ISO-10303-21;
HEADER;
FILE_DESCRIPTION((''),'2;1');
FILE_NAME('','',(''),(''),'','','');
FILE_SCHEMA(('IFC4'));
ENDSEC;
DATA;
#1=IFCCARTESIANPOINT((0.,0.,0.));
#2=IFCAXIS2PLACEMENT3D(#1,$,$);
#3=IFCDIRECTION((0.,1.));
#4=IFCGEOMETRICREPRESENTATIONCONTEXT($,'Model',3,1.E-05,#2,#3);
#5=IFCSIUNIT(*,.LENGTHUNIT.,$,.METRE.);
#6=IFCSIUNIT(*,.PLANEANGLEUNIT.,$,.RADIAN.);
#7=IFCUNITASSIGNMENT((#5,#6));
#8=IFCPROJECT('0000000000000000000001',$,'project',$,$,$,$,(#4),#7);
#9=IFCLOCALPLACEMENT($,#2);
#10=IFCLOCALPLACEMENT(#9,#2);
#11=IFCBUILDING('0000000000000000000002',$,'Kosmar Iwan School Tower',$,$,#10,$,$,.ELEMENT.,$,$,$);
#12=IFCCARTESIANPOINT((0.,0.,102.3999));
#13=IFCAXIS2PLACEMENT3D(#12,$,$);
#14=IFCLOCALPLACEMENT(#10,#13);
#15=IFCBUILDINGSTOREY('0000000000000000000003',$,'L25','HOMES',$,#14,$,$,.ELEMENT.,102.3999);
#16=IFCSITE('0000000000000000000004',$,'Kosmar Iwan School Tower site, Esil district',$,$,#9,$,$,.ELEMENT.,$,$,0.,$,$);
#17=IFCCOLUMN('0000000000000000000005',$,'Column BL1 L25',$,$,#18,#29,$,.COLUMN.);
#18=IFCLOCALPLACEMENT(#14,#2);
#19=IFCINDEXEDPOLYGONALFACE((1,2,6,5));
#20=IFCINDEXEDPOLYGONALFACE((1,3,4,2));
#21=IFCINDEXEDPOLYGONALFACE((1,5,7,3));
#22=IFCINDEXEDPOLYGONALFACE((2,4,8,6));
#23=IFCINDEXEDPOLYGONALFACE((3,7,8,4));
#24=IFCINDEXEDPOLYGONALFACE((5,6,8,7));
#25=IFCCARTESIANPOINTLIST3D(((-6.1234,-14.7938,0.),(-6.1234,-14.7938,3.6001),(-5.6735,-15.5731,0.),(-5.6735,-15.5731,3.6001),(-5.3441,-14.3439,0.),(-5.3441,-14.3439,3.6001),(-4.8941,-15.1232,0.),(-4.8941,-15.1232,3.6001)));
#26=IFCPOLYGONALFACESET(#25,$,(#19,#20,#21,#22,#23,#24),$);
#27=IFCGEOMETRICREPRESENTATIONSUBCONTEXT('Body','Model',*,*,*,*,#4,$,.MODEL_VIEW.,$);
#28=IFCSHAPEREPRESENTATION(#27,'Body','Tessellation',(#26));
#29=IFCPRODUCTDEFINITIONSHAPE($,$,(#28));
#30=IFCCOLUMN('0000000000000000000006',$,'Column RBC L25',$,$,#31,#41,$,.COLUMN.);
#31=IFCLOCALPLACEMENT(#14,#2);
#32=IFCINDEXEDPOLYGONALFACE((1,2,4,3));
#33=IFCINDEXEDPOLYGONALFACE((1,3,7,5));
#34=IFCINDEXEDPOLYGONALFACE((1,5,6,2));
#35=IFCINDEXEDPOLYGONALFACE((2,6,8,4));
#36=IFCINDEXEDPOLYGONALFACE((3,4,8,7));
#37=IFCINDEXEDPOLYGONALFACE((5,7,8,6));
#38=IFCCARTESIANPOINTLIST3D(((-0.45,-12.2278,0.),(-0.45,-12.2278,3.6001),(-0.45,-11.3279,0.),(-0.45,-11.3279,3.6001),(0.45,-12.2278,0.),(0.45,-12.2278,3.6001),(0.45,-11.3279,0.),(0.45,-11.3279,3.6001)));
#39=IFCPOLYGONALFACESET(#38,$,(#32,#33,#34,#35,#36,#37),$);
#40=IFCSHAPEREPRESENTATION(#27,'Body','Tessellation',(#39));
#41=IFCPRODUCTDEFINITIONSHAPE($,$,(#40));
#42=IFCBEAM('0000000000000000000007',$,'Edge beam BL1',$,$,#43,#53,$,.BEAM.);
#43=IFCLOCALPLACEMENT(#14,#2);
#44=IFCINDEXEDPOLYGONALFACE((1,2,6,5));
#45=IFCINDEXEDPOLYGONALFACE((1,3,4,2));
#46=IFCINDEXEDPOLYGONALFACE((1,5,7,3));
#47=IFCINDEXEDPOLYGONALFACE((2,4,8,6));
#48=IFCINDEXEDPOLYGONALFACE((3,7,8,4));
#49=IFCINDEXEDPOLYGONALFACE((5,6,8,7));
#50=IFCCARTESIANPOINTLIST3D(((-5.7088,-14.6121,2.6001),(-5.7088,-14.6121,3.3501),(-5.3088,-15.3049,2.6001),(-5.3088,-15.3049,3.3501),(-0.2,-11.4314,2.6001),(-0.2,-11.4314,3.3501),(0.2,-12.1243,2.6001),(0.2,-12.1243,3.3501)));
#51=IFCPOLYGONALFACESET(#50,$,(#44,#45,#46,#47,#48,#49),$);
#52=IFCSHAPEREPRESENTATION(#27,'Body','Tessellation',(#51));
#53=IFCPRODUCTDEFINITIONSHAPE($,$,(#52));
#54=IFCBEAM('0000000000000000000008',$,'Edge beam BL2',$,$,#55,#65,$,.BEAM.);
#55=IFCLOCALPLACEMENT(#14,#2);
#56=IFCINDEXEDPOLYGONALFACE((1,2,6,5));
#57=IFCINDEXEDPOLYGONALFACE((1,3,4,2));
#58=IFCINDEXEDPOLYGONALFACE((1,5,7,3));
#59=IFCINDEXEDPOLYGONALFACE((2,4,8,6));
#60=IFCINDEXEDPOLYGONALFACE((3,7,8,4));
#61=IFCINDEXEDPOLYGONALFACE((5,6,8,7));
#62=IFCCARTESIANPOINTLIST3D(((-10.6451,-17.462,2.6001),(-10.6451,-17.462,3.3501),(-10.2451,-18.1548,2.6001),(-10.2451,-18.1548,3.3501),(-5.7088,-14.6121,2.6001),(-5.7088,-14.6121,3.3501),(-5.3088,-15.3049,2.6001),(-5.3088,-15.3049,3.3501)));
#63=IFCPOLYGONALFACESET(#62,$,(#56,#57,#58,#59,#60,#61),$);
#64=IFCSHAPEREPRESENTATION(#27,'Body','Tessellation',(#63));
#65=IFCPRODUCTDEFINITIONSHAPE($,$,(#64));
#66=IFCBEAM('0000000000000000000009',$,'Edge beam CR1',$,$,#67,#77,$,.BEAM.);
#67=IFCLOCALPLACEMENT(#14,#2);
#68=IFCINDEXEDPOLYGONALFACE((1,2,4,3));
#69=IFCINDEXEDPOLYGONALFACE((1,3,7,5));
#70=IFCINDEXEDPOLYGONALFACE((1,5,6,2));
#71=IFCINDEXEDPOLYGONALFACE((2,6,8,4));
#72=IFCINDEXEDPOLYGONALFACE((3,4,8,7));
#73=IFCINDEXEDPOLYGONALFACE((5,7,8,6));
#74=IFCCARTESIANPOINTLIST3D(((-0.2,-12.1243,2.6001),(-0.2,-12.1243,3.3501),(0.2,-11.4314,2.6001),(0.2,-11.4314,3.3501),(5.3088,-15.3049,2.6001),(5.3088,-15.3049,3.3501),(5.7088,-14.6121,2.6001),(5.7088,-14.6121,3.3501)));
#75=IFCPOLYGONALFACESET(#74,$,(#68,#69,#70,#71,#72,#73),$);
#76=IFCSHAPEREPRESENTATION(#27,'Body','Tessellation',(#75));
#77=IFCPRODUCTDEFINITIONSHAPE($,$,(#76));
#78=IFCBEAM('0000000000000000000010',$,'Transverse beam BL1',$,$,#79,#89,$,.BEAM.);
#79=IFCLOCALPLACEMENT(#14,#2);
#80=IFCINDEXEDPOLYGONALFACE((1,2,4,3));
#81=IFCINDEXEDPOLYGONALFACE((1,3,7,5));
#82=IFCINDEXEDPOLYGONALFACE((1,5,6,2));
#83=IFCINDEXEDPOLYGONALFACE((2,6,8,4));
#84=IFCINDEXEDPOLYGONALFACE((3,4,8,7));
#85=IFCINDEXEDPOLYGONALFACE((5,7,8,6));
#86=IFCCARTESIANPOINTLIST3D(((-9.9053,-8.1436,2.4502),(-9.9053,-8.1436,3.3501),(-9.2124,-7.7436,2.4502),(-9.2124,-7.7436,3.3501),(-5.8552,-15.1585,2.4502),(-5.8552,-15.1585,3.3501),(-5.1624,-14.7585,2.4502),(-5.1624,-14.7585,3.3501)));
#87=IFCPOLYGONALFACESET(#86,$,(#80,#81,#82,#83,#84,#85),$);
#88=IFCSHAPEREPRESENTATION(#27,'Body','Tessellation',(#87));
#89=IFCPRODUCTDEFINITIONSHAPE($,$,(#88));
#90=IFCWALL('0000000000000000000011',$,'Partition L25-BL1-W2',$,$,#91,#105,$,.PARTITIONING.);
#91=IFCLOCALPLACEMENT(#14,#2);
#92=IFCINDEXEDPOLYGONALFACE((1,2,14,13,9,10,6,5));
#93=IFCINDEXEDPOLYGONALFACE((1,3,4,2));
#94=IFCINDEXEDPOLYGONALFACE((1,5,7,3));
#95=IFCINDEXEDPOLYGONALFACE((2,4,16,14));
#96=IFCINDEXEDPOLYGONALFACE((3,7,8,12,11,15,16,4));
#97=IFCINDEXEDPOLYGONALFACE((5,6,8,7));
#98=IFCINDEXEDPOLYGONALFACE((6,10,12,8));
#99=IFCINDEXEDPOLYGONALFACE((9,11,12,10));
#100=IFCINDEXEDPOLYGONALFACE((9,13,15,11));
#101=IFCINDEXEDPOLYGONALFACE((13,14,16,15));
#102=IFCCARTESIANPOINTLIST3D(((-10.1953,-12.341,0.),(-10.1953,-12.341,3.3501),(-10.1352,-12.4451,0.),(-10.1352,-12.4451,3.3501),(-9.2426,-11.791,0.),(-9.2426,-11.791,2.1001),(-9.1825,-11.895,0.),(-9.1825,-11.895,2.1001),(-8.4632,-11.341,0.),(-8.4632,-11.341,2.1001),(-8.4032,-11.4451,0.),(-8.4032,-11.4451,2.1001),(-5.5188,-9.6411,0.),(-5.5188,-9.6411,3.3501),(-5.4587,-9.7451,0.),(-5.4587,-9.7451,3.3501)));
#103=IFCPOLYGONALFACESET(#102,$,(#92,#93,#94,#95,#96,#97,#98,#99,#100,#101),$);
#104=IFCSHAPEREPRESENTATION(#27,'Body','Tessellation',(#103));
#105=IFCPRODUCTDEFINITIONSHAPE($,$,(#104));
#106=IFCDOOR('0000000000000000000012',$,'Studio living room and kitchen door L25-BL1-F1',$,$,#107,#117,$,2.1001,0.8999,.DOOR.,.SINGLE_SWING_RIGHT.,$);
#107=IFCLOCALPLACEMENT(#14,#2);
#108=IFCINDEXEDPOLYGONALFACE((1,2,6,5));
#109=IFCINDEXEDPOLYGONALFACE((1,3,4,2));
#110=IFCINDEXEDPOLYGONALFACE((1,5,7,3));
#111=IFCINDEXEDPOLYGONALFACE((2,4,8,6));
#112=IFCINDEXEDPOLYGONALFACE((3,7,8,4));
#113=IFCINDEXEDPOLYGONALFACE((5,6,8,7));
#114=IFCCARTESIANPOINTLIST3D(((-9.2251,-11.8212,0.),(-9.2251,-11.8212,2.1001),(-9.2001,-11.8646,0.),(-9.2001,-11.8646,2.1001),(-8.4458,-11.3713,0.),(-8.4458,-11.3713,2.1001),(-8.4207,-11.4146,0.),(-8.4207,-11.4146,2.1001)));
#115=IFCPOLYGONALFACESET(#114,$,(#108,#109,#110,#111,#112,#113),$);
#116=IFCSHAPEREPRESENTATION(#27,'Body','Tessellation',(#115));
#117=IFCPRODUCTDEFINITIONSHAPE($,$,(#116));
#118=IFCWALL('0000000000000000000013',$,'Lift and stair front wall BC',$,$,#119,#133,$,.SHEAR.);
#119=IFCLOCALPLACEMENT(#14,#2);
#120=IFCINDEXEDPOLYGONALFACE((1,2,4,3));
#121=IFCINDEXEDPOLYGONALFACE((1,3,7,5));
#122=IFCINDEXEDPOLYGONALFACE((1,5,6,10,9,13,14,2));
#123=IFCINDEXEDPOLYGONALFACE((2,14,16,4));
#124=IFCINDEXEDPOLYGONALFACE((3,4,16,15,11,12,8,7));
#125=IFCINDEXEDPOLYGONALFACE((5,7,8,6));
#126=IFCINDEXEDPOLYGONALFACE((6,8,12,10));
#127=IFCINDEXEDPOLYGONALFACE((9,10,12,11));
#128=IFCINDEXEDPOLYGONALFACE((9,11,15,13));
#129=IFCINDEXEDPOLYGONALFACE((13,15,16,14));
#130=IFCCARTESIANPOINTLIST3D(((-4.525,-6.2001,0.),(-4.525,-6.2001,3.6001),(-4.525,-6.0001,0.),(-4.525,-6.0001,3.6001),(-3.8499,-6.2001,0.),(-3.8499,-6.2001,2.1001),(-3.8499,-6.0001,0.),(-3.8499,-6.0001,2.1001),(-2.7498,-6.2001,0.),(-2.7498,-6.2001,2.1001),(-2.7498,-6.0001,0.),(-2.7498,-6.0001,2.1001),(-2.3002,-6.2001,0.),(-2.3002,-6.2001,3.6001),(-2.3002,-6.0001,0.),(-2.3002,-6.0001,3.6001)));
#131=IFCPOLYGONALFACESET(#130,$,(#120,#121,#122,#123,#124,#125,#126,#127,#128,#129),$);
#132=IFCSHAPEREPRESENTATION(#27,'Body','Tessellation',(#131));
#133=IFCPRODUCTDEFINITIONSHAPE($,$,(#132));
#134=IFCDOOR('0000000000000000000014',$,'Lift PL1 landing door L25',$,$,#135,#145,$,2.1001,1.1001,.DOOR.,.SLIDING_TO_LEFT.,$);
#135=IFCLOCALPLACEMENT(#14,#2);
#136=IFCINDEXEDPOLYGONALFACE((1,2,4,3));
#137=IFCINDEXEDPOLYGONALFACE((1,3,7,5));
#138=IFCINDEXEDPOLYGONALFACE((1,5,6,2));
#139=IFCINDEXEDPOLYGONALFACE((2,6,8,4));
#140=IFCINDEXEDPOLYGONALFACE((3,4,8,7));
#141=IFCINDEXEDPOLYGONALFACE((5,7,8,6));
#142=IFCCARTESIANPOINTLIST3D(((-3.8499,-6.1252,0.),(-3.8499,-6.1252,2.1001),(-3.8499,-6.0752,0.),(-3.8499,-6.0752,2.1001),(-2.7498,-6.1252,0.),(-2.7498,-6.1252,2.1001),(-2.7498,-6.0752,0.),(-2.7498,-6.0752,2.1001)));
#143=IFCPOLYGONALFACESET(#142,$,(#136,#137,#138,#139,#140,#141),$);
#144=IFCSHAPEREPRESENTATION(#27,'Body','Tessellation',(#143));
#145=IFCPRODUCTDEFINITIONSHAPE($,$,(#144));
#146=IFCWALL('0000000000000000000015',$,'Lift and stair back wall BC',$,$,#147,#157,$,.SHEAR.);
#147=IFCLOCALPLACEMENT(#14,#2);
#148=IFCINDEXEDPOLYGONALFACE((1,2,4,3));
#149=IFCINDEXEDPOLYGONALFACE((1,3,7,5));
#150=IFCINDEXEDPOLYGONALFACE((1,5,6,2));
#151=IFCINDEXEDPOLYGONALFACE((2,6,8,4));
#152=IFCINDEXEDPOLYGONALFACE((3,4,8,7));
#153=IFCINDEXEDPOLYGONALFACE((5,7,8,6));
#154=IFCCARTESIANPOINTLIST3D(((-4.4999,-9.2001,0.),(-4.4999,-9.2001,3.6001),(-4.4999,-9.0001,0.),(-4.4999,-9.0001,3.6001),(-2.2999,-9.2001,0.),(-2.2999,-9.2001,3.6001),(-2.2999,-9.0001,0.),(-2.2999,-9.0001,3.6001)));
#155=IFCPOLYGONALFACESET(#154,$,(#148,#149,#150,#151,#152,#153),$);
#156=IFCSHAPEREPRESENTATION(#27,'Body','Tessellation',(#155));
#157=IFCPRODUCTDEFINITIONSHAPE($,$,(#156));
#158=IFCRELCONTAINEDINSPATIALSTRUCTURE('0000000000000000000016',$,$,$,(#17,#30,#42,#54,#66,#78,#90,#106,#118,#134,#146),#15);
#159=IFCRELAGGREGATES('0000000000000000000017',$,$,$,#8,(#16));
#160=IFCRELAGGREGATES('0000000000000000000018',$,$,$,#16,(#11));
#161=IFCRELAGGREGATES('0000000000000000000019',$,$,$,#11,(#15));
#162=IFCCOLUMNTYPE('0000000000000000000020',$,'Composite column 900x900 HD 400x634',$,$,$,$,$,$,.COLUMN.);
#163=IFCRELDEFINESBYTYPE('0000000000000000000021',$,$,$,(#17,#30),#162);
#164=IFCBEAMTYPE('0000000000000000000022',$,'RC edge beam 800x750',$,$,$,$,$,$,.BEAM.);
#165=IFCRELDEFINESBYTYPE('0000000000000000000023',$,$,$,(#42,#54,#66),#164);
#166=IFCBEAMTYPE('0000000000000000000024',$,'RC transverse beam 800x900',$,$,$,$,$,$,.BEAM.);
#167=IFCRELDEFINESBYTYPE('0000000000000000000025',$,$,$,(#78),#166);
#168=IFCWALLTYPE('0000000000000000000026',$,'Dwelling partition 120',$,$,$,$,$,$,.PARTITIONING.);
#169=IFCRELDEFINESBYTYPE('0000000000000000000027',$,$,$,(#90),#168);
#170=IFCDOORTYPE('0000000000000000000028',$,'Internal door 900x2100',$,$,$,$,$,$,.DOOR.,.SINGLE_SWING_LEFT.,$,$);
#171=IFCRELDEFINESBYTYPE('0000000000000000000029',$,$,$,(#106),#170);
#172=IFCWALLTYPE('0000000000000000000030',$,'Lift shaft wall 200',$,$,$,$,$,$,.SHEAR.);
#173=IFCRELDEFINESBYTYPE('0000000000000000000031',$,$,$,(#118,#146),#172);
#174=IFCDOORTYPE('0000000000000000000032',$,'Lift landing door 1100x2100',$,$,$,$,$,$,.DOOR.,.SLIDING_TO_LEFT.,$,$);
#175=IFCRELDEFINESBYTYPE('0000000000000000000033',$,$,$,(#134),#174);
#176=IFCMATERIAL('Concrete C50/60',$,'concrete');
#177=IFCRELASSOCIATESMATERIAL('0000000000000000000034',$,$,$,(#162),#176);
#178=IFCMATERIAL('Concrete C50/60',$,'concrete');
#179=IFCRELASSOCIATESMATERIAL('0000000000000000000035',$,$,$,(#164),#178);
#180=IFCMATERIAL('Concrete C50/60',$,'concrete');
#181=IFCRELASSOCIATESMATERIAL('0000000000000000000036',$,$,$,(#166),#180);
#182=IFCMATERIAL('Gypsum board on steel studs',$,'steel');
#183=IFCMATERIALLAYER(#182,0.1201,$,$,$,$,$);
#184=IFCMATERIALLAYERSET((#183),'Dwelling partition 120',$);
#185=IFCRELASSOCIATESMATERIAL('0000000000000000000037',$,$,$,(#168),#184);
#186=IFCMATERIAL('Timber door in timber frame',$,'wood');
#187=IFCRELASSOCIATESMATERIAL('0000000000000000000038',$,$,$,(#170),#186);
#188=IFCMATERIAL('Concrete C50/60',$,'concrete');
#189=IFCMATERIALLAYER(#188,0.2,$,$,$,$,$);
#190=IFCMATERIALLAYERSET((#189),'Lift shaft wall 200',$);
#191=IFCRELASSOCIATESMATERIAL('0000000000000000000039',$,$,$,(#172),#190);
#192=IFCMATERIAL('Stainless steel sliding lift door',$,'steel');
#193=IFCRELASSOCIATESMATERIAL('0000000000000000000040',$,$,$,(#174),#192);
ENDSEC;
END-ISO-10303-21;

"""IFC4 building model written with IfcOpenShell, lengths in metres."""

from ifc_helpers import new_model, si_unit, direction, frame, frame_2d, origin, origin_2d, place, context, subcontext, project, spatial, rectangle, extrude, material, layer, layer_set, material_profile, profile_set, type_object, element, fill, save


model = new_model("IFC4")

# Units and contexts
model_context = context("Model", 3, precision=1e-05, world=origin(), true_north=direction((0.0, 1.0)))
body_context = subcontext(model_context, "Body", "Model", "MODEL_VIEW")
ifc_project = project(units=[si_unit("LENGTHUNIT", "METRE"), si_unit("PLANEANGLEUNIT", "RADIAN")], contexts=[model_context])

# Site, building, storey
site_placement = place(None, origin())
site = spatial("IfcSite", under=ifc_project, at=site_placement, Name="Kosmar Iwan School Tower site, Esil district", CompositionType="ELEMENT", RefElevation=0.0)
building_placement = place(site_placement, origin())
building = spatial("IfcBuilding", under=site, at=building_placement, Name="Kosmar Iwan School Tower", CompositionType="ELEMENT")
storey_placement = place(building_placement, frame((0.0, 0.0, 102.3999)))
storey = spatial("IfcBuildingStorey", under=building, at=storey_placement, Name="L25", Description="HOMES", CompositionType="ELEMENT", Elevation=102.3999)

# Columns
ifc_material_1 = material(Name="Concrete C50/60", Category="concrete")
ifc_material_profile_1 = material_profile(ifc_material_1, rectangle(XDim=0.8999, YDim=0.8999, at=origin_2d()), Name="RC 900x900 + HD 400x634")
ifc_profile_set_1 = profile_set([ifc_material_profile_1], Name="Concrete C50/60")
column_type = type_object("IfcColumnType", Name="Composite column 900x900 HD 400x634", PredefinedType="COLUMN", material=ifc_profile_set_1)
for number, where, z_axis, x_axis, name in (
    (1, (-5.5088, -14.9585, 0.0), (0.0, 0.0, 1.0), (-0.866025, -0.5, 0.0), "Column BL1 L25"),
    (2, (0.0, -11.7778, 0.0), (0.0, 0.0, 1.0), (1.0, 0.0, 0.0), "Column RBC L25"),
):
    element("IfcColumn", number, at=place(storey_placement, frame(where, z_axis=z_axis, x_axis=x_axis)), inside=storey, type_object=column_type, Name=name, PredefinedType="COLUMN", context=body_context, shape_type="SweptSolid", body=[
        extrude(rectangle(XDim=0.8999, YDim=0.8999, at=origin_2d()), origin(), (0.0, 0.0, 1.0), 3.6001),
    ])

# Beams
ifc_material_2 = material(Name="Concrete C50/60", Category="concrete")
ifc_material_profile_2 = material_profile(ifc_material_2, rectangle(XDim=0.8, YDim=0.75, at=origin_2d()), Name="RC 800x750")
ifc_profile_set_2 = profile_set([ifc_material_profile_2], Name="Concrete C50/60")
beam_type_1 = type_object("IfcBeamType", Name="RC edge beam 800x750", PredefinedType="BEAM", material=ifc_profile_set_2)
beam_1_placement = place(storey_placement, frame((0.0, -11.7778, 2.9751), z_axis=(-0.866014, -0.500019, 0.0), x_axis=(0.500019, -0.866014, 0.0)))
element("IfcBeam", 3, at=beam_1_placement, inside=storey, type_object=beam_type_1, Name="Edge beam BL1", PredefinedType="BEAM", context=body_context, shape_type="SweptSolid", body=[
    extrude(rectangle(XDim=0.8, YDim=0.75, at=origin_2d()), origin(), (0.0, 0.0, 1.0), 6.3611),
])
beam_2_placement = place(storey_placement, frame((-5.5088, -14.9585, 2.9751), z_axis=(-0.866034, -0.499986, 0.0), x_axis=(0.499986, -0.866034, 0.0)))
element("IfcBeam", 4, at=beam_2_placement, inside=storey, type_object=beam_type_1, Name="Edge beam BL2", PredefinedType="BEAM", context=body_context, shape_type="SweptSolid", body=[
    extrude(rectangle(XDim=0.8, YDim=0.75, at=origin_2d()), origin(), (0.0, 0.0, 1.0), 5.7),
])
beam_3_placement = place(storey_placement, frame((0.0, -11.7778, 2.9751), z_axis=(0.866014, -0.500019, 0.0), x_axis=(0.500019, 0.866014, 0.0)))
element("IfcBeam", 5, at=beam_3_placement, inside=storey, type_object=beam_type_1, Name="Edge beam CR1", PredefinedType="BEAM", context=body_context, shape_type="SweptSolid", body=[
    extrude(rectangle(XDim=0.8, YDim=0.75, at=origin_2d()), origin(), (0.0, 0.0, 1.0), 6.3611),
])
ifc_material_3 = material(Name="Concrete C50/60", Category="concrete")
ifc_material_profile_3 = material_profile(ifc_material_3, rectangle(XDim=0.8, YDim=0.8999, at=origin_2d()), Name="RC 800x900")
ifc_profile_set_3 = profile_set([ifc_material_profile_3], Name="Concrete C50/60")
beam_type_2 = type_object("IfcBeamType", Name="RC transverse beam 800x900", PredefinedType="BEAM", material=ifc_profile_set_3)
beam_4_placement = place(storey_placement, frame((-5.5088, -14.9585, 2.9001), z_axis=(-0.5, 0.866025, 0.0), x_axis=(-0.866025, -0.5, 0.0)))
element("IfcBeam", 6, at=beam_4_placement, inside=storey, type_object=beam_type_2, Name="Transverse beam BL1", PredefinedType="BEAM", context=body_context, shape_type="SweptSolid", body=[
    extrude(rectangle(XDim=0.8, YDim=0.8999, at=origin_2d()), origin(), (0.0, 0.0, 1.0), 8.1001),
])

# Walls, openings, doors
ifc_material_4 = material(Name="Gypsum board on steel studs", Category="steel")
ifc_layer_1 = layer(ifc_material_4, 0.1201)
ifc_layer_set_1 = layer_set([ifc_layer_1], Name="Dwelling partition 120")
wall_type_1 = type_object("IfcWallType", Name="Dwelling partition 120", PredefinedType="PARTITIONING", material=ifc_layer_set_1)
wall_1_placement = place(storey_placement, frame((-5.4888, -9.6931, 0.0), z_axis=(0.0, 0.0, 1.0), x_axis=(-0.866028, -0.499995, 0.0)))
wall_1 = element("IfcWall", 7, at=wall_1_placement, inside=storey, type_object=wall_type_1, Name="Partition L25-BL1-W2", PredefinedType="PARTITIONING", context=body_context, shape_type="SweptSolid", body=[
    extrude(rectangle(XDim=5.3999, YDim=0.1201, at=frame_2d((2.7, 0.0))), origin(), (0.0, 0.0, 1.0), 3.3501),
])
opening_1_placement = place(wall_1_placement, frame((3.3999, 0.0, 0.0)))
opening_1 = element("IfcOpeningElement", 8, at=opening_1_placement, cuts=wall_1, PredefinedType="OPENING", context=body_context, shape_type="SweptSolid", body=[
    extrude(rectangle(XDim=0.8999, YDim=2.1001, at=frame_2d((0.45, 1.05))), frame((0.0, 0.072, 0.0), z_axis=(0.0, -1.0, 0.0), x_axis=(1.0, 0.0, 0.0)), (0.0, 0.0, 1.0), 0.144),
])
ifc_material_5 = material(Name="Timber door in timber frame", Category="wood")
door_type_1 = type_object("IfcDoorType", Name="Internal door 900x2100", OperationType="SINGLE_SWING_LEFT", PredefinedType="DOOR", material=ifc_material_5)
door_1_placement = place(opening_1_placement, origin())
door_1 = element("IfcDoor", 9, at=door_1_placement, inside=storey, type_object=door_type_1, Name="Studio living room and kitchen door L25-BL1-F1", OperationType="SINGLE_SWING_RIGHT", OverallHeight=2.1001, OverallWidth=0.8999, PredefinedType="DOOR", context=body_context, shape_type="SweptSolid", body=[
    extrude(rectangle(XDim=0.8999, YDim=2.1001, at=frame_2d((0.45, 1.05))), frame((0.0, 0.0249, 0.0), z_axis=(0.0, -1.0, 0.0), x_axis=(1.0, 0.0, 0.0)), (0.0, 0.0, 1.0), 0.05),
])
fill(opening_1, door_1)
ifc_material_6 = material(Name="Concrete C50/60", Category="concrete")
ifc_layer_2 = layer(ifc_material_6, 0.2)
ifc_layer_set_2 = layer_set([ifc_layer_2], Name="Lift shaft wall 200")
wall_type_2 = type_object("IfcWallType", Name="Lift shaft wall 200", PredefinedType="SHEAR", material=ifc_layer_set_2)
wall_2_placement = place(storey_placement, frame((-4.5249, -6.1001, 0.0), z_axis=(0.0, 0.0, 1.0), x_axis=(1.0, 0.0, 0.0)))
wall_2 = element("IfcWall", 10, at=wall_2_placement, inside=storey, type_object=wall_type_2, Name="Lift and stair front wall BC", PredefinedType="SHEAR", context=body_context, shape_type="SweptSolid", body=[
    extrude(rectangle(XDim=2.2249, YDim=0.2, at=frame_2d((1.1123, 0.0))), origin(), (0.0, 0.0, 1.0), 3.6001),
])
opening_2_placement = place(wall_2_placement, frame((0.675, 0.0, 0.0)))
opening_2 = element("IfcOpeningElement", 11, at=opening_2_placement, cuts=wall_2, PredefinedType="OPENING", context=body_context, shape_type="SweptSolid", body=[
    extrude(rectangle(XDim=1.1001, YDim=2.1001, at=frame_2d((0.55, 1.05))), frame((0.0, 0.1121, 0.0), z_axis=(0.0, -1.0, 0.0), x_axis=(1.0, 0.0, 0.0)), (0.0, 0.0, 1.0), 0.2239),
])
ifc_material_7 = material(Name="Stainless steel sliding lift door", Category="steel")
door_type_2 = type_object("IfcDoorType", Name="Lift landing door 1100x2100", OperationType="SLIDING_TO_LEFT", PredefinedType="DOOR", material=ifc_material_7)
door_2_placement = place(opening_2_placement, origin())
door_2 = element("IfcDoor", 12, at=door_2_placement, inside=storey, type_object=door_type_2, Name="Lift PL1 landing door L25", OperationType="SLIDING_TO_LEFT", OverallHeight=2.1001, OverallWidth=1.1001, PredefinedType="DOOR", context=body_context, shape_type="SweptSolid", body=[
    extrude(rectangle(XDim=1.1001, YDim=2.1001, at=frame_2d((0.55, 1.05))), frame((0.0, 0.0249, 0.0), z_axis=(0.0, -1.0, 0.0), x_axis=(1.0, 0.0, 0.0)), (0.0, 0.0, 1.0), 0.05),
])
fill(opening_2, door_2)

# Wall
wall_3_placement = place(storey_placement, frame((-4.5, -9.1001, 0.0), z_axis=(0.0, 0.0, 1.0), x_axis=(1.0, 0.0, 0.0)))
element("IfcWall", 13, at=wall_3_placement, inside=storey, type_object=wall_type_2, Name="Lift and stair back wall BC", PredefinedType="SHEAR", context=body_context, shape_type="SweptSolid", body=[
    extrude(rectangle(XDim=2.2, YDim=0.2, at=frame_2d((1.1001, 0.0))), origin(), (0.0, 0.0, 1.0), 3.6001),
])

save(model, "model.ifc")
